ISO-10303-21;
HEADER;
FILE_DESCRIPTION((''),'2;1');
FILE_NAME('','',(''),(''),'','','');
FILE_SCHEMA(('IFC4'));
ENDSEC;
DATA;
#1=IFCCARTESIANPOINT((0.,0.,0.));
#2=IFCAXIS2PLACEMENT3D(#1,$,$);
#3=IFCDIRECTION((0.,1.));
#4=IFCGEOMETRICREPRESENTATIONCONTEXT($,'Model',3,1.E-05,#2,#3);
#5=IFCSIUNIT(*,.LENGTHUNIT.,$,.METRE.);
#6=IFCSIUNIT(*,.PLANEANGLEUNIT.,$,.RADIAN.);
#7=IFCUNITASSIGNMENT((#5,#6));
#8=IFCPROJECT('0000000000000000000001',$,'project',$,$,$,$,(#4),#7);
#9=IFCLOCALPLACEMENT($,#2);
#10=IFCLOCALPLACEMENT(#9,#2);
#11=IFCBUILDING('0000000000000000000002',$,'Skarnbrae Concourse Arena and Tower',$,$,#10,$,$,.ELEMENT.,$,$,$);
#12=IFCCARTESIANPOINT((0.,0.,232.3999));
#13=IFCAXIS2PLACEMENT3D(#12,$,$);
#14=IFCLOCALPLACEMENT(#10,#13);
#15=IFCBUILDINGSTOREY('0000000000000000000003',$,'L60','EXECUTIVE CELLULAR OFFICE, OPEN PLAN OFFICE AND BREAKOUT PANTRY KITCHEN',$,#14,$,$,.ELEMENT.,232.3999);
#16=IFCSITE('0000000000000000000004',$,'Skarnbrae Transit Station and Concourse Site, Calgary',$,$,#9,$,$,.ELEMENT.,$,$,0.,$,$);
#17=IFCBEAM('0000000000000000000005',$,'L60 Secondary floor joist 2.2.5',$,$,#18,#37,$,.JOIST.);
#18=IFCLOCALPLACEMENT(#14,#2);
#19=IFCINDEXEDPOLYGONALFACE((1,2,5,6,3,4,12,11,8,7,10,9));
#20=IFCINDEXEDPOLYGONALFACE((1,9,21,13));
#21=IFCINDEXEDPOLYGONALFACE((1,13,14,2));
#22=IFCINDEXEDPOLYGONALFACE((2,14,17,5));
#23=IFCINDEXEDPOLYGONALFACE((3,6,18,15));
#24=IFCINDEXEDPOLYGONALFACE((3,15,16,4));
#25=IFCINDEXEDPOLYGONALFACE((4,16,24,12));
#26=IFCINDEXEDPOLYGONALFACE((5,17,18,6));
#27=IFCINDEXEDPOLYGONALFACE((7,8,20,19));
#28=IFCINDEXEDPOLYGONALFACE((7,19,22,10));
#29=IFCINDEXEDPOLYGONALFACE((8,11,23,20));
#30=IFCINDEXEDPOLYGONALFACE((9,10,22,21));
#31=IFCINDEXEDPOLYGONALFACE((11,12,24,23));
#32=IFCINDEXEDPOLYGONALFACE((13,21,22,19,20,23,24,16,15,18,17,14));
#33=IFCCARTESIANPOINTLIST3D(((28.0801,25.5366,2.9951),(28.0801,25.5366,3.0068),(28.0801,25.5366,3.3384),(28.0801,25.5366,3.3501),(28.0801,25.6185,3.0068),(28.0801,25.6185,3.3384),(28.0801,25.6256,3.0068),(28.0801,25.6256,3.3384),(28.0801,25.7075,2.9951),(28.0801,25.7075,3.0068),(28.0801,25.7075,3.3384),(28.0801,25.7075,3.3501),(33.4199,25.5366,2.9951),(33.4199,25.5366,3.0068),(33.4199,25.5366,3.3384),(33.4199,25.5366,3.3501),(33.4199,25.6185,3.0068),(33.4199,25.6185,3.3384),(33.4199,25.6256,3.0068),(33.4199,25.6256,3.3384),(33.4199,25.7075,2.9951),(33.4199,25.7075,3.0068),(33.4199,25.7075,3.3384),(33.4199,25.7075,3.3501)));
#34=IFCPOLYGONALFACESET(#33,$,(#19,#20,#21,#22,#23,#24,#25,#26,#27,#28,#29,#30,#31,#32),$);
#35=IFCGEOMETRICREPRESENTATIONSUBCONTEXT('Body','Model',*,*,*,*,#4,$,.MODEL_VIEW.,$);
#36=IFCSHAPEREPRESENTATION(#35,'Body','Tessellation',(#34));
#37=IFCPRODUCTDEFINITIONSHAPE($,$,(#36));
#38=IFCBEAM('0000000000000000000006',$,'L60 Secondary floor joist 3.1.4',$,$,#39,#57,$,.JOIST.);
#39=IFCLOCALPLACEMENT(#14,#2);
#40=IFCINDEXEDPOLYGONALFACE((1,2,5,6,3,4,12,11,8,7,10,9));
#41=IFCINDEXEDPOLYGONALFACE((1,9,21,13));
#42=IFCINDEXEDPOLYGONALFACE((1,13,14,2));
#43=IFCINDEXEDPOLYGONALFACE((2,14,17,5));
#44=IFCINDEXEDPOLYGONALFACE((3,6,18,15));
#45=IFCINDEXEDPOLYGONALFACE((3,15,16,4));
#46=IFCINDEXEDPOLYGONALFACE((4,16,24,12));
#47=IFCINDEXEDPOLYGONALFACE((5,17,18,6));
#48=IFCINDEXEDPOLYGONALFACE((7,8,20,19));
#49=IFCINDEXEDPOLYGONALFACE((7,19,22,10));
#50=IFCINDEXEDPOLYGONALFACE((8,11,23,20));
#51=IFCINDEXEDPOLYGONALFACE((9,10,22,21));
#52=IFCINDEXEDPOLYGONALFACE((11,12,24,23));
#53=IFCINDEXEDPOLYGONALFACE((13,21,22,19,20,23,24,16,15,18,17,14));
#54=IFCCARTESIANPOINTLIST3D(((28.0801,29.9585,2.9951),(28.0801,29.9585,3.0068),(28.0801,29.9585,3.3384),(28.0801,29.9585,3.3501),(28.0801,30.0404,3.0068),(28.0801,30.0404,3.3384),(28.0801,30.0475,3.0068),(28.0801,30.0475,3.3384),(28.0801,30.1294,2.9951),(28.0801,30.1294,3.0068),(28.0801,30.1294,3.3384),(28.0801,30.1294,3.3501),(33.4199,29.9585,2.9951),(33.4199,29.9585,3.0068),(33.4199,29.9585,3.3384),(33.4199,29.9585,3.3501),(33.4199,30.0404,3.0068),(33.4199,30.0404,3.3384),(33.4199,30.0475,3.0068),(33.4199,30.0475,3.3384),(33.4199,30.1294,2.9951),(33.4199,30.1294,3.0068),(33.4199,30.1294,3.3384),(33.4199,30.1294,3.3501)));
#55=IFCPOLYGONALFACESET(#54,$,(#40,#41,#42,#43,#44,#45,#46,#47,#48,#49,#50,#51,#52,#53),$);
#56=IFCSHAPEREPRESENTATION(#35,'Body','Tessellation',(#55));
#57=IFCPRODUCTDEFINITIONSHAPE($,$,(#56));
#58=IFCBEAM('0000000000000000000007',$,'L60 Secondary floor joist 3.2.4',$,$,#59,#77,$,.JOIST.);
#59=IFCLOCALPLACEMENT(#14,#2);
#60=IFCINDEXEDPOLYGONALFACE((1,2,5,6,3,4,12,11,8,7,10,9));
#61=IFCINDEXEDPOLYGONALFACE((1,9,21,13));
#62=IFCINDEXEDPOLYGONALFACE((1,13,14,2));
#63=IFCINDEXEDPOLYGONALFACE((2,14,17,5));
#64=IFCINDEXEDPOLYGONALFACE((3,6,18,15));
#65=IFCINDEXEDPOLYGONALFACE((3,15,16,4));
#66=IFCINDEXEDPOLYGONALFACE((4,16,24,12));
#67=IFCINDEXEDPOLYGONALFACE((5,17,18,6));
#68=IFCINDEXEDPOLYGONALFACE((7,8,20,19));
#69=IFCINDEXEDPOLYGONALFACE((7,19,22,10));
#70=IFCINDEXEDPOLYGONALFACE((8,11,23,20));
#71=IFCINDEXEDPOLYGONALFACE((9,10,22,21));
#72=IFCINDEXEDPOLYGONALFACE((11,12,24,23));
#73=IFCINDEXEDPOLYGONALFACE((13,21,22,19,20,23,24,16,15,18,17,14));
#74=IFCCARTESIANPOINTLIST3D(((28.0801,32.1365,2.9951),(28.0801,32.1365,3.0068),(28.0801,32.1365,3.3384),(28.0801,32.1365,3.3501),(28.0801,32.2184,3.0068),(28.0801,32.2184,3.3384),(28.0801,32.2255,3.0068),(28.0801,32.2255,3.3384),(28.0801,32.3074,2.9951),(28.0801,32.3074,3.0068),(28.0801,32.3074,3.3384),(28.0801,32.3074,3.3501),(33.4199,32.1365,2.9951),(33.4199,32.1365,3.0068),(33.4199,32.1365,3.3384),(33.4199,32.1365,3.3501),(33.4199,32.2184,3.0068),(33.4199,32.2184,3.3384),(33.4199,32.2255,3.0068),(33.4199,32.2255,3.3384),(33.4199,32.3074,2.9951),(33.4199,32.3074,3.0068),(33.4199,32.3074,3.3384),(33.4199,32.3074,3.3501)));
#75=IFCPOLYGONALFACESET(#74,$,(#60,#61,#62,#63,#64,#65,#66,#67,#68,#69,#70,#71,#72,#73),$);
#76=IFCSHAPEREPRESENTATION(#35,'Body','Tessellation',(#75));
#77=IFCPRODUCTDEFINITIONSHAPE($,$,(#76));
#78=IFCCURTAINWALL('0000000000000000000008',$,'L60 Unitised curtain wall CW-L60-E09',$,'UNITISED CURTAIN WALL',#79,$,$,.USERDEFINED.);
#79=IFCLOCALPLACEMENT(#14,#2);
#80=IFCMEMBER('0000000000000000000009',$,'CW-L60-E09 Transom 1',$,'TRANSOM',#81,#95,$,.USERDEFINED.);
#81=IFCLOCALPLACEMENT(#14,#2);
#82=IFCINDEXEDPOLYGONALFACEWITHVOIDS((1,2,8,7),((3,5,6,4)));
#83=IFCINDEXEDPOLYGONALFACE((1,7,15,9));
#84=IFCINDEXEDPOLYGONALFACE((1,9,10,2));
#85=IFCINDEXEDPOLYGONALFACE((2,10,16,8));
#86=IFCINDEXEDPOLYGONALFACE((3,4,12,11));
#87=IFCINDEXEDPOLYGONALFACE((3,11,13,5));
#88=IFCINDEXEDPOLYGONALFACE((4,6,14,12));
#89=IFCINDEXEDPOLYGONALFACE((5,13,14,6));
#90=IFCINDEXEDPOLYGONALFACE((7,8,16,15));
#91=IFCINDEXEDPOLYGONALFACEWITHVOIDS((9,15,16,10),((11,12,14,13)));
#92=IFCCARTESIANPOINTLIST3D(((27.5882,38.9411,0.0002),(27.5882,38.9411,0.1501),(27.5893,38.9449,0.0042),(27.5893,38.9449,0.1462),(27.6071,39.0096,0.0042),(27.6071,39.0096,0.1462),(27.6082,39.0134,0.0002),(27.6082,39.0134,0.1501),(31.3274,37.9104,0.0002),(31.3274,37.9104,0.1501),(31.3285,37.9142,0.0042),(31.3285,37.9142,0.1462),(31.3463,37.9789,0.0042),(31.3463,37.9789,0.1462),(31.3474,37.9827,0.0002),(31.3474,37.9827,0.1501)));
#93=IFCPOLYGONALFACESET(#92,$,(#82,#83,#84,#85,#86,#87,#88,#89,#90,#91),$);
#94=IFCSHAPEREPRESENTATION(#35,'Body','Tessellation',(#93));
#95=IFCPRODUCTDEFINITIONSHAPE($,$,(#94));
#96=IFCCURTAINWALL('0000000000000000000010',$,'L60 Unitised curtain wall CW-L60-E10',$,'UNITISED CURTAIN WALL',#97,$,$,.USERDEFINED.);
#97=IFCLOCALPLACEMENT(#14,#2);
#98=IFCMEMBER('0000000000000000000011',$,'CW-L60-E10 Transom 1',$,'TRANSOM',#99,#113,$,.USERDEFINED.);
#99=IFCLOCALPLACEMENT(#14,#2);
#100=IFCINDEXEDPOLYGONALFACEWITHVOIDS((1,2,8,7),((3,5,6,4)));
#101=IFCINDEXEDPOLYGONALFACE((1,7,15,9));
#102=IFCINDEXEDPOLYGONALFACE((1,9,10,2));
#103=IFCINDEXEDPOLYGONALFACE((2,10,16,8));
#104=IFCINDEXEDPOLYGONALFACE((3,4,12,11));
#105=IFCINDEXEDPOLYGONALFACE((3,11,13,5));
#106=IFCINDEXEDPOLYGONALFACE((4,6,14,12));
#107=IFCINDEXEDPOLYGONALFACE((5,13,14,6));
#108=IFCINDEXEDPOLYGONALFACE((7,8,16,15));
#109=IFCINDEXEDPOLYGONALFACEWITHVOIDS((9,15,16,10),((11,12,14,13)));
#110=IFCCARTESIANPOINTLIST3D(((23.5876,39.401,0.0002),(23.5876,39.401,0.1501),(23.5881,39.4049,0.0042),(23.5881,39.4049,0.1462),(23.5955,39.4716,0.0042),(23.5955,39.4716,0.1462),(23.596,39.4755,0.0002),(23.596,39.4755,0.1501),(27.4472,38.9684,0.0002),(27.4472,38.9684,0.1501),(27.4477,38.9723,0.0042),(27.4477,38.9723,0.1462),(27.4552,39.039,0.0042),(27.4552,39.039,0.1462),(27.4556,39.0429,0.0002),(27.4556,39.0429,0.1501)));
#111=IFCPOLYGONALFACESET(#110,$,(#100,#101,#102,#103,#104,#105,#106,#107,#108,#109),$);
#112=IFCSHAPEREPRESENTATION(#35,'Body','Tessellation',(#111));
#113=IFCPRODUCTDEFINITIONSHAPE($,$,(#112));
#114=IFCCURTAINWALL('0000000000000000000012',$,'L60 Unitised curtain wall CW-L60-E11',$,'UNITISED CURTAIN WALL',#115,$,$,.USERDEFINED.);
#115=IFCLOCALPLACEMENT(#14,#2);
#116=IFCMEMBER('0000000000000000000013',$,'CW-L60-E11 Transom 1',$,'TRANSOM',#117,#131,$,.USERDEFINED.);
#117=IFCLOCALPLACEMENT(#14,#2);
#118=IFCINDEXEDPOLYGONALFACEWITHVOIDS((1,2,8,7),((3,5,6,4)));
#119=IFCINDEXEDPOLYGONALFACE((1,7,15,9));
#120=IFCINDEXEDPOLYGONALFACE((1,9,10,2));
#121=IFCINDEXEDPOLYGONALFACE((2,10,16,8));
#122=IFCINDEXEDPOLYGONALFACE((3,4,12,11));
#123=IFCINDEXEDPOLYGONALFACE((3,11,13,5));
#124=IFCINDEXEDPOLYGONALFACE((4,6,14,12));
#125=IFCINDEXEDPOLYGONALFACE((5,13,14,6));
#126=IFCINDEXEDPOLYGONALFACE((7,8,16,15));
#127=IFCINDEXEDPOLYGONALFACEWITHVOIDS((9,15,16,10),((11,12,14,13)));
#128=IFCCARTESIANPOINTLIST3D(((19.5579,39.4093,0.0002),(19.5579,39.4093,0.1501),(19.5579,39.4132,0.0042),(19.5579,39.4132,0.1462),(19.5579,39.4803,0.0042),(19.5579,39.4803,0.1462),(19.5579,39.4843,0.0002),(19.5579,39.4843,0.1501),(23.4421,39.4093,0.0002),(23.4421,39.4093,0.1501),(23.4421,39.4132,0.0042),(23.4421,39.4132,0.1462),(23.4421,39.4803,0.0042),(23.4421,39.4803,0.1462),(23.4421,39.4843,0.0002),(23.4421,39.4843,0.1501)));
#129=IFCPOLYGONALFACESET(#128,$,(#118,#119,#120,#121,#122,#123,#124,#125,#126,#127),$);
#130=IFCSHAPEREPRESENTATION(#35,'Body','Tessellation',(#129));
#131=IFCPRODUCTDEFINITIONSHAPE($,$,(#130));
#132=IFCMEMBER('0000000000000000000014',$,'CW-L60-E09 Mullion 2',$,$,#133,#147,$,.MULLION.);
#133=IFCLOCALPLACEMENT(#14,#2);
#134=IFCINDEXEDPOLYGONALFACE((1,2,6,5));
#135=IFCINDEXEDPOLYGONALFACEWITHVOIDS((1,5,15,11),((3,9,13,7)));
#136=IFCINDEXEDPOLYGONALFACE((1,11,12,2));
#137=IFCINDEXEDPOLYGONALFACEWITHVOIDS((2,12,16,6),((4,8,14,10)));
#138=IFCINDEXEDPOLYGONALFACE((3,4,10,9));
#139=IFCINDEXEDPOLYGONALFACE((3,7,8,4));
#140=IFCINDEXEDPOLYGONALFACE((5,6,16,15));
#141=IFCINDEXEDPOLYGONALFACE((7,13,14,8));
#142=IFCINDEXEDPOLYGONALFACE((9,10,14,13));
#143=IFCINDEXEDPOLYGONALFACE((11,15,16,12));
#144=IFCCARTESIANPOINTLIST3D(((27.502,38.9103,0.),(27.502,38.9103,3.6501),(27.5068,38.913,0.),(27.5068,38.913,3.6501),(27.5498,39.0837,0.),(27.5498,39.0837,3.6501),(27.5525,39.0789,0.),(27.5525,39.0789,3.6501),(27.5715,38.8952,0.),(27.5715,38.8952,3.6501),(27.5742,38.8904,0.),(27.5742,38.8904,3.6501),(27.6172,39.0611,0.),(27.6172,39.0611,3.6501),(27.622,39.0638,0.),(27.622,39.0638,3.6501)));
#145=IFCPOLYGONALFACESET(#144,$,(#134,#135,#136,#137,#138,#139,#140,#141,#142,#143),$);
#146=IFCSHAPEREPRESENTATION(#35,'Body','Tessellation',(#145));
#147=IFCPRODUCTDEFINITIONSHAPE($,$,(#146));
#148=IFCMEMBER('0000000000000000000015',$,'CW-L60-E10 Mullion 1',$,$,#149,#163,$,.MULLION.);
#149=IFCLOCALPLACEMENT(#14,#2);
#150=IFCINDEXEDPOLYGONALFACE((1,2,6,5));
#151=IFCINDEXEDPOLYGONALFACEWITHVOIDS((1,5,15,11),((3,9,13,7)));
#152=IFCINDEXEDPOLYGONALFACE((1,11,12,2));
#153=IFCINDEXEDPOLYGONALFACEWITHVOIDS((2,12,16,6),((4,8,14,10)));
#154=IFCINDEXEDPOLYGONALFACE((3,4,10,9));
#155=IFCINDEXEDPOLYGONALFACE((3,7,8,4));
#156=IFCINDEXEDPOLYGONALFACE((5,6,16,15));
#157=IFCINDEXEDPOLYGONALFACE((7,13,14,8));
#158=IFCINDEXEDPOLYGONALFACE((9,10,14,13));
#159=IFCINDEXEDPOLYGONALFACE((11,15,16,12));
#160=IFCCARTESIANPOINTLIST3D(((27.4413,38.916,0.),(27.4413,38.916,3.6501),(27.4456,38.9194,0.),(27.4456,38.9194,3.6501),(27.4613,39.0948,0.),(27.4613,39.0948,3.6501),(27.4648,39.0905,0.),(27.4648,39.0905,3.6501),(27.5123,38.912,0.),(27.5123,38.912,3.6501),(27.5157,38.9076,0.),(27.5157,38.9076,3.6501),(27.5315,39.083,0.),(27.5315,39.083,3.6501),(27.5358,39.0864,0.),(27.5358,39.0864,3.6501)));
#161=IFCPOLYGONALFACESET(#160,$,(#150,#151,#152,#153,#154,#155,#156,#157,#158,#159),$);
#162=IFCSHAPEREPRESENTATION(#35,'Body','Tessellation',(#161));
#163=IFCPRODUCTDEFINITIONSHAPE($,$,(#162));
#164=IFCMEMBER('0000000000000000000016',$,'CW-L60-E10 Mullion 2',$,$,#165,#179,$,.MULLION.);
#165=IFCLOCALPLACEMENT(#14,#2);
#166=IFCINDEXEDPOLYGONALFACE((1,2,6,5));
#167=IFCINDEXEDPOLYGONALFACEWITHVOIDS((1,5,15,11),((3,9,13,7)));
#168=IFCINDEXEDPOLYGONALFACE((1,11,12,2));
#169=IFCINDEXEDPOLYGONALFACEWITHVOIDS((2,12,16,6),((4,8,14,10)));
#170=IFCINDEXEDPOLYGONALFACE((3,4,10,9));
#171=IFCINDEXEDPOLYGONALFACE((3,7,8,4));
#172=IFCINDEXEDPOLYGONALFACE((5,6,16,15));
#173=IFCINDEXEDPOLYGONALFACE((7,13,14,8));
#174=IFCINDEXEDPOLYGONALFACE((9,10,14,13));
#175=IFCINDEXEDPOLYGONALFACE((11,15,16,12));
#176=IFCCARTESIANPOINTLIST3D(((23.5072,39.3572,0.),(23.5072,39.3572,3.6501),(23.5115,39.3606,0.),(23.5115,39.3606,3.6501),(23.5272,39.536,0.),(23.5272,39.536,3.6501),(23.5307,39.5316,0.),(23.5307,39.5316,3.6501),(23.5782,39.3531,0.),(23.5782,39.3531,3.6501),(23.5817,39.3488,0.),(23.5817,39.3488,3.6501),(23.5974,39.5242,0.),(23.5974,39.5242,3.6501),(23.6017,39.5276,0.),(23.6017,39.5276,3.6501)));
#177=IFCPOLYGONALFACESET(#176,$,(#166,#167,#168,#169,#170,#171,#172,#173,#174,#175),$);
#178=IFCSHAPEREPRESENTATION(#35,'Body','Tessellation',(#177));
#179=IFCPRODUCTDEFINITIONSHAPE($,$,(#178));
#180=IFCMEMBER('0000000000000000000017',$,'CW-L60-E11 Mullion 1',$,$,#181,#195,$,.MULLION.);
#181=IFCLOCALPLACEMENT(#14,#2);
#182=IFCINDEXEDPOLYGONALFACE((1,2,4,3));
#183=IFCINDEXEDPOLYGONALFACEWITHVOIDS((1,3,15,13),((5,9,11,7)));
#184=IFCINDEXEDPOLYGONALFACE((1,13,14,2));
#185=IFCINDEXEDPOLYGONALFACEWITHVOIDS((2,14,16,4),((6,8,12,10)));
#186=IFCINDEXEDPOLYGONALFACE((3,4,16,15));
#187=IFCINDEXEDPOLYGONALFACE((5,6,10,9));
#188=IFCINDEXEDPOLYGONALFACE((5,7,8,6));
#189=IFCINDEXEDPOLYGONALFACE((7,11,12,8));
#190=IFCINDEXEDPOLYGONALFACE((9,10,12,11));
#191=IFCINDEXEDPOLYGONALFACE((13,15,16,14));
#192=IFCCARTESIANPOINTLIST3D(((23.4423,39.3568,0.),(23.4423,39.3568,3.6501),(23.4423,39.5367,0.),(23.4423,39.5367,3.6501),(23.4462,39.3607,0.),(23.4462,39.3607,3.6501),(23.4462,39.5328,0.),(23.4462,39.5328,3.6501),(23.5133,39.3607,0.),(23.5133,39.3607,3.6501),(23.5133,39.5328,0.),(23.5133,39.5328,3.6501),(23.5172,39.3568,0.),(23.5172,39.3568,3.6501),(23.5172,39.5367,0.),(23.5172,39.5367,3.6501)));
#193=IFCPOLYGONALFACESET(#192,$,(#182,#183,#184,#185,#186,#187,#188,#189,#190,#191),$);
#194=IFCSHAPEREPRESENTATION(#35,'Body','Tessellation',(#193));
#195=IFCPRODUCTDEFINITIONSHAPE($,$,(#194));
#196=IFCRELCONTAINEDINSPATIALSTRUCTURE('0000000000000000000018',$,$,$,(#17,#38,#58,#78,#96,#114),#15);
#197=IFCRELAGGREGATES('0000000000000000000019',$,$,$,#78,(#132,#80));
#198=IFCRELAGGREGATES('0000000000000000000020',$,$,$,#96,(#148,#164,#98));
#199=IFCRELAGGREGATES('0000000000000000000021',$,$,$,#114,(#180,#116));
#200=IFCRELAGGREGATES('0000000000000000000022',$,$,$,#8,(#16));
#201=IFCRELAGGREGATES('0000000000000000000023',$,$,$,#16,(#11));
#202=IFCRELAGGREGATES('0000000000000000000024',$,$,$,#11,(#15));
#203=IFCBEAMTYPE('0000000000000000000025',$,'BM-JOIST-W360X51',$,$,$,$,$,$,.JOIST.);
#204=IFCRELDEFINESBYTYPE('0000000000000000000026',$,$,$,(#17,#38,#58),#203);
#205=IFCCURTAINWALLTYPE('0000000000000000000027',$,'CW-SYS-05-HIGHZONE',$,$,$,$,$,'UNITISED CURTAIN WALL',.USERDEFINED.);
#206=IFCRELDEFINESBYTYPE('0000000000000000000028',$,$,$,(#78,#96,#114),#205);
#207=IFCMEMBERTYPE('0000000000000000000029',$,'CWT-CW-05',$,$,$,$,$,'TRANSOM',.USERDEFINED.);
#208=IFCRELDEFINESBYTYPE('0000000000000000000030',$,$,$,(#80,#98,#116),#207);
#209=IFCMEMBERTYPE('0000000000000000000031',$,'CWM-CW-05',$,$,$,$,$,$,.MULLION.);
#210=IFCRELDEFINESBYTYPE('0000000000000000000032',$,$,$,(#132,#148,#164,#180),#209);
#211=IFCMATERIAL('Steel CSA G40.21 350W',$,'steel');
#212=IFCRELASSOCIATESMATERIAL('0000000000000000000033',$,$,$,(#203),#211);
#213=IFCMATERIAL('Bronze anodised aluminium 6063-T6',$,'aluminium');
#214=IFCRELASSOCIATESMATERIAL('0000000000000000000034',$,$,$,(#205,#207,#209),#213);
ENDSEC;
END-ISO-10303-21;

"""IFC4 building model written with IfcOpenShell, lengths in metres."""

from ifc_helpers import new_model, si_unit, direction, frame, origin, origin_2d, place, context, subcontext, project, spatial, hollow_rectangle, i_section, extrude, source, transform, mapped, material, material_profile, profile_set, type_object, element, aggregate, save


model = new_model("IFC4")

# Units and contexts
model_context = context("Model", 3, precision=1e-05, world=origin(), true_north=direction((0.0, 1.0)))
body_context = subcontext(model_context, "Body", "Model", "MODEL_VIEW")
ifc_project = project(units=[si_unit("LENGTHUNIT", "METRE"), si_unit("PLANEANGLEUNIT", "RADIAN")], contexts=[model_context])

# Site, building, storey
site_placement = place(None, origin())
site = spatial("IfcSite", under=ifc_project, at=site_placement, Name="Skarnbrae Transit Station and Concourse Site, Calgary", CompositionType="ELEMENT", RefElevation=0.0)
building_placement = place(site_placement, origin())
building = spatial("IfcBuilding", under=site, at=building_placement, Name="Skarnbrae Concourse Arena and Tower", CompositionType="ELEMENT")
storey_placement = place(building_placement, frame((0.0, 0.0, 232.3999)))
storey = spatial("IfcBuildingStorey", under=building, at=storey_placement, Name="L60", Description="EXECUTIVE CELLULAR OFFICE, OPEN PLAN OFFICE AND BREAKOUT PANTRY KITCHEN", CompositionType="ELEMENT", Elevation=232.3999)

# Shared definitions
ifc_material_1 = material(Name="Steel CSA G40.21 350W", Category="steel")

# Beams
ifc_material_profile_1 = material_profile(ifc_material_1, i_section(OverallWidth=0.1709, OverallDepth=0.355, WebThickness=0.0071, FlangeThickness=0.0117, at=origin_2d()), Name="W360X51")
ifc_profile_set_1 = profile_set([ifc_material_profile_1], Name="Steel CSA G40.21 350W")
beam_type_1 = type_object("IfcBeamType", Name="BM-JOIST-W360X51", PredefinedType="JOIST", material=ifc_profile_set_1)
shared_shape_1 = source(origin(), body_context, "Body", "SweptSolid", [
    extrude(i_section(OverallWidth=0.1709, OverallDepth=0.355, WebThickness=0.0071, FlangeThickness=0.0117, at=origin_2d()), origin(), (0.0, 0.0, 1.0), 5.3398),
])
for number, where, z_axis, x_axis, name in (
    (1, (28.0801, 25.6221, 3.1726), (1.0, 0.0, 0.0), (0.0, 1.0, 0.0), "L60 Secondary floor joist 2.2.5"),
    (2, (28.0801, 30.0439, 3.1726), (1.0, 0.0, 0.0), (0.0, 1.0, 0.0), "L60 Secondary floor joist 3.1.4"),
    (3, (28.0801, 32.2219, 3.1726), (1.0, 0.0, 0.0), (0.0, 1.0, 0.0), "L60 Secondary floor joist 3.2.4"),
):
    element("IfcBeam", number, at=place(storey_placement, frame(where, z_axis=z_axis, x_axis=x_axis)), inside=storey, type_object=beam_type_1, Name=name, PredefinedType="JOIST", context=body_context, shape_type="MappedRepresentation", body=[
        mapped(shared_shape_1, transform((0.0, 0.0, 0.0))),
    ])

# Curtain walls, members
ifc_material_2 = material(Name="Bronze anodised aluminium 6063-T6", Category="aluminium")
curtain_wall_type = type_object("IfcCurtainWallType", Name="CW-SYS-05-HIGHZONE", ElementType="UNITISED CURTAIN WALL", PredefinedType="USERDEFINED", material=ifc_material_2)
curtain_wall_1_placement = place(storey_placement, origin())
curtain_wall_1 = element("IfcCurtainWall", 4, at=curtain_wall_1_placement, inside=storey, type_object=curtain_wall_type, Name="L60 Unitised curtain wall CW-L60-E09", ObjectType="UNITISED CURTAIN WALL", PredefinedType="USERDEFINED")
ifc_material_profile_2 = material_profile(ifc_material_2, hollow_rectangle(XDim=0.075, YDim=0.1499, WallThickness=0.0039, at=origin_2d()), Name="ALU-TRAN-75X150")
ifc_profile_set_2 = profile_set([ifc_material_profile_2], Name="Bronze anodised aluminium 6063-T6")
member_type_1 = type_object("IfcMemberType", Name="CWT-CW-05", ElementType="TRANSOM", PredefinedType="USERDEFINED", material=ifc_profile_set_2)
shared_shape_2 = source(origin(), body_context, "Body", "SweptSolid", [
    extrude(hollow_rectangle(XDim=0.075, YDim=0.1499, WallThickness=0.0039, at=origin_2d()), origin(), (0.0, 0.0, 1.0), 3.8787),
])
member_1_placement = place(storey_placement, frame((31.3374, 37.9465, 0.0752), z_axis=(-0.964043, 0.265747, 0.0), x_axis=(-0.265747, -0.964043, 0.0)))
member_1 = element("IfcMember", 5, at=member_1_placement, type_object=member_type_1, Name="CW-L60-E09 Transom 1", ObjectType="TRANSOM", PredefinedType="USERDEFINED", context=body_context, shape_type="MappedRepresentation", body=[
    mapped(shared_shape_2, transform((0.0, 0.0, 0.0))),
])
curtain_wall_2_placement = place(storey_placement, origin())
curtain_wall_2 = element("IfcCurtainWall", 6, at=curtain_wall_2_placement, inside=storey, type_object=curtain_wall_type, Name="L60 Unitised curtain wall CW-L60-E10", ObjectType="UNITISED CURTAIN WALL", PredefinedType="USERDEFINED")
shared_shape_3 = source(origin(), body_context, "Body", "SweptSolid", [
    extrude(hollow_rectangle(XDim=0.075, YDim=0.1499, WallThickness=0.0039, at=origin_2d()), origin(), (0.0, 0.0, 1.0), 3.8838),
])
member_2_placement = place(storey_placement, frame((27.4514, 39.0056, 0.0752), z_axis=(-0.993777, 0.11139, 0.0), x_axis=(-0.11139, -0.993777, 0.0)))
member_2 = element("IfcMember", 7, at=member_2_placement, type_object=member_type_1, Name="CW-L60-E10 Transom 1", ObjectType="TRANSOM", PredefinedType="USERDEFINED", context=body_context, shape_type="MappedRepresentation", body=[
    mapped(shared_shape_3, transform((0.0, 0.0, 0.0))),
])
curtain_wall_3_placement = place(storey_placement, origin())
curtain_wall_3 = element("IfcCurtainWall", 8, at=curtain_wall_3_placement, inside=storey, type_object=curtain_wall_type, Name="L60 Unitised curtain wall CW-L60-E11", ObjectType="UNITISED CURTAIN WALL", PredefinedType="USERDEFINED")
shared_shape_4 = source(origin(), body_context, "Body", "SweptSolid", [
    extrude(hollow_rectangle(XDim=0.075, YDim=0.1499, WallThickness=0.0039, at=origin_2d()), origin(), (0.0, 0.0, 1.0), 3.8843),
])
member_3_placement = place(storey_placement, frame((23.4421, 39.4468, 0.0752), z_axis=(-1.0, 0.0, 0.0), x_axis=(0.0, -1.0, 0.0)))
member_3 = element("IfcMember", 9, at=member_3_placement, type_object=member_type_1, Name="CW-L60-E11 Transom 1", ObjectType="TRANSOM", PredefinedType="USERDEFINED", context=body_context, shape_type="MappedRepresentation", body=[
    mapped(shared_shape_4, transform((0.0, 0.0, 0.0))),
])

# Members
ifc_material_profile_3 = material_profile(ifc_material_2, hollow_rectangle(XDim=0.075, YDim=0.1799, WallThickness=0.0039, at=origin_2d()), Name="ALU-MULL-75X180")
ifc_profile_set_3 = profile_set([ifc_material_profile_3], Name="Bronze anodised aluminium 6063-T6")
member_type_2 = type_object("IfcMemberType", Name="CWM-CW-05", PredefinedType="MULLION", material=ifc_profile_set_3)
shared_shape_5 = source(origin(), body_context, "Body", "SweptSolid", [
    extrude(hollow_rectangle(XDim=0.075, YDim=0.1799, WallThickness=0.0039, at=origin_2d()), origin(), (0.0, 0.0, 1.0), 3.6501),
])
member_4_placement = place(storey_placement, frame((27.562, 38.9871, 0.0), z_axis=(0.0, 0.0, 1.0), x_axis=(-0.964057, 0.265694, 0.0)))
member_4 = element("IfcMember", 10, at=member_4_placement, type_object=member_type_2, Name="CW-L60-E09 Mullion 2", PredefinedType="MULLION", context=body_context, shape_type="MappedRepresentation", body=[
    mapped(shared_shape_5, transform((0.0, 0.0, 0.0))),
])
member_5_placement = place(storey_placement, frame((27.4885, 39.0012, 0.0), z_axis=(0.0, 0.0, 1.0), x_axis=(-0.993769, 0.11146, 0.0)))
member_5 = element("IfcMember", 11, at=member_5_placement, type_object=member_type_2, Name="CW-L60-E10 Mullion 1", PredefinedType="MULLION", context=body_context, shape_type="MappedRepresentation", body=[
    mapped(shared_shape_5, transform((0.0, 0.0, 0.0))),
])
member_6_placement = place(storey_placement, frame((23.5544, 39.4424, 0.0), z_axis=(0.0, 0.0, 1.0), x_axis=(-0.993769, 0.11146, 0.0)))
member_6 = element("IfcMember", 12, at=member_6_placement, type_object=member_type_2, Name="CW-L60-E10 Mullion 2", PredefinedType="MULLION", context=body_context, shape_type="MappedRepresentation", body=[
    mapped(shared_shape_5, transform((0.0, 0.0, 0.0))),
])
member_7_placement = place(storey_placement, frame((23.4797, 39.4468, 0.0), z_axis=(0.0, 0.0, 1.0), x_axis=(-1.0, 0.0, 0.0)))
member_7 = element("IfcMember", 13, at=member_7_placement, type_object=member_type_2, Name="CW-L60-E11 Mullion 1", PredefinedType="MULLION", context=body_context, shape_type="MappedRepresentation", body=[
    mapped(shared_shape_5, transform((0.0, 0.0, 0.0))),
])

aggregate(curtain_wall_1, [member_4, member_1])
aggregate(curtain_wall_2, [member_5, member_6, member_2])
aggregate(curtain_wall_3, [member_7, member_3])

save(model, "model.ifc")
